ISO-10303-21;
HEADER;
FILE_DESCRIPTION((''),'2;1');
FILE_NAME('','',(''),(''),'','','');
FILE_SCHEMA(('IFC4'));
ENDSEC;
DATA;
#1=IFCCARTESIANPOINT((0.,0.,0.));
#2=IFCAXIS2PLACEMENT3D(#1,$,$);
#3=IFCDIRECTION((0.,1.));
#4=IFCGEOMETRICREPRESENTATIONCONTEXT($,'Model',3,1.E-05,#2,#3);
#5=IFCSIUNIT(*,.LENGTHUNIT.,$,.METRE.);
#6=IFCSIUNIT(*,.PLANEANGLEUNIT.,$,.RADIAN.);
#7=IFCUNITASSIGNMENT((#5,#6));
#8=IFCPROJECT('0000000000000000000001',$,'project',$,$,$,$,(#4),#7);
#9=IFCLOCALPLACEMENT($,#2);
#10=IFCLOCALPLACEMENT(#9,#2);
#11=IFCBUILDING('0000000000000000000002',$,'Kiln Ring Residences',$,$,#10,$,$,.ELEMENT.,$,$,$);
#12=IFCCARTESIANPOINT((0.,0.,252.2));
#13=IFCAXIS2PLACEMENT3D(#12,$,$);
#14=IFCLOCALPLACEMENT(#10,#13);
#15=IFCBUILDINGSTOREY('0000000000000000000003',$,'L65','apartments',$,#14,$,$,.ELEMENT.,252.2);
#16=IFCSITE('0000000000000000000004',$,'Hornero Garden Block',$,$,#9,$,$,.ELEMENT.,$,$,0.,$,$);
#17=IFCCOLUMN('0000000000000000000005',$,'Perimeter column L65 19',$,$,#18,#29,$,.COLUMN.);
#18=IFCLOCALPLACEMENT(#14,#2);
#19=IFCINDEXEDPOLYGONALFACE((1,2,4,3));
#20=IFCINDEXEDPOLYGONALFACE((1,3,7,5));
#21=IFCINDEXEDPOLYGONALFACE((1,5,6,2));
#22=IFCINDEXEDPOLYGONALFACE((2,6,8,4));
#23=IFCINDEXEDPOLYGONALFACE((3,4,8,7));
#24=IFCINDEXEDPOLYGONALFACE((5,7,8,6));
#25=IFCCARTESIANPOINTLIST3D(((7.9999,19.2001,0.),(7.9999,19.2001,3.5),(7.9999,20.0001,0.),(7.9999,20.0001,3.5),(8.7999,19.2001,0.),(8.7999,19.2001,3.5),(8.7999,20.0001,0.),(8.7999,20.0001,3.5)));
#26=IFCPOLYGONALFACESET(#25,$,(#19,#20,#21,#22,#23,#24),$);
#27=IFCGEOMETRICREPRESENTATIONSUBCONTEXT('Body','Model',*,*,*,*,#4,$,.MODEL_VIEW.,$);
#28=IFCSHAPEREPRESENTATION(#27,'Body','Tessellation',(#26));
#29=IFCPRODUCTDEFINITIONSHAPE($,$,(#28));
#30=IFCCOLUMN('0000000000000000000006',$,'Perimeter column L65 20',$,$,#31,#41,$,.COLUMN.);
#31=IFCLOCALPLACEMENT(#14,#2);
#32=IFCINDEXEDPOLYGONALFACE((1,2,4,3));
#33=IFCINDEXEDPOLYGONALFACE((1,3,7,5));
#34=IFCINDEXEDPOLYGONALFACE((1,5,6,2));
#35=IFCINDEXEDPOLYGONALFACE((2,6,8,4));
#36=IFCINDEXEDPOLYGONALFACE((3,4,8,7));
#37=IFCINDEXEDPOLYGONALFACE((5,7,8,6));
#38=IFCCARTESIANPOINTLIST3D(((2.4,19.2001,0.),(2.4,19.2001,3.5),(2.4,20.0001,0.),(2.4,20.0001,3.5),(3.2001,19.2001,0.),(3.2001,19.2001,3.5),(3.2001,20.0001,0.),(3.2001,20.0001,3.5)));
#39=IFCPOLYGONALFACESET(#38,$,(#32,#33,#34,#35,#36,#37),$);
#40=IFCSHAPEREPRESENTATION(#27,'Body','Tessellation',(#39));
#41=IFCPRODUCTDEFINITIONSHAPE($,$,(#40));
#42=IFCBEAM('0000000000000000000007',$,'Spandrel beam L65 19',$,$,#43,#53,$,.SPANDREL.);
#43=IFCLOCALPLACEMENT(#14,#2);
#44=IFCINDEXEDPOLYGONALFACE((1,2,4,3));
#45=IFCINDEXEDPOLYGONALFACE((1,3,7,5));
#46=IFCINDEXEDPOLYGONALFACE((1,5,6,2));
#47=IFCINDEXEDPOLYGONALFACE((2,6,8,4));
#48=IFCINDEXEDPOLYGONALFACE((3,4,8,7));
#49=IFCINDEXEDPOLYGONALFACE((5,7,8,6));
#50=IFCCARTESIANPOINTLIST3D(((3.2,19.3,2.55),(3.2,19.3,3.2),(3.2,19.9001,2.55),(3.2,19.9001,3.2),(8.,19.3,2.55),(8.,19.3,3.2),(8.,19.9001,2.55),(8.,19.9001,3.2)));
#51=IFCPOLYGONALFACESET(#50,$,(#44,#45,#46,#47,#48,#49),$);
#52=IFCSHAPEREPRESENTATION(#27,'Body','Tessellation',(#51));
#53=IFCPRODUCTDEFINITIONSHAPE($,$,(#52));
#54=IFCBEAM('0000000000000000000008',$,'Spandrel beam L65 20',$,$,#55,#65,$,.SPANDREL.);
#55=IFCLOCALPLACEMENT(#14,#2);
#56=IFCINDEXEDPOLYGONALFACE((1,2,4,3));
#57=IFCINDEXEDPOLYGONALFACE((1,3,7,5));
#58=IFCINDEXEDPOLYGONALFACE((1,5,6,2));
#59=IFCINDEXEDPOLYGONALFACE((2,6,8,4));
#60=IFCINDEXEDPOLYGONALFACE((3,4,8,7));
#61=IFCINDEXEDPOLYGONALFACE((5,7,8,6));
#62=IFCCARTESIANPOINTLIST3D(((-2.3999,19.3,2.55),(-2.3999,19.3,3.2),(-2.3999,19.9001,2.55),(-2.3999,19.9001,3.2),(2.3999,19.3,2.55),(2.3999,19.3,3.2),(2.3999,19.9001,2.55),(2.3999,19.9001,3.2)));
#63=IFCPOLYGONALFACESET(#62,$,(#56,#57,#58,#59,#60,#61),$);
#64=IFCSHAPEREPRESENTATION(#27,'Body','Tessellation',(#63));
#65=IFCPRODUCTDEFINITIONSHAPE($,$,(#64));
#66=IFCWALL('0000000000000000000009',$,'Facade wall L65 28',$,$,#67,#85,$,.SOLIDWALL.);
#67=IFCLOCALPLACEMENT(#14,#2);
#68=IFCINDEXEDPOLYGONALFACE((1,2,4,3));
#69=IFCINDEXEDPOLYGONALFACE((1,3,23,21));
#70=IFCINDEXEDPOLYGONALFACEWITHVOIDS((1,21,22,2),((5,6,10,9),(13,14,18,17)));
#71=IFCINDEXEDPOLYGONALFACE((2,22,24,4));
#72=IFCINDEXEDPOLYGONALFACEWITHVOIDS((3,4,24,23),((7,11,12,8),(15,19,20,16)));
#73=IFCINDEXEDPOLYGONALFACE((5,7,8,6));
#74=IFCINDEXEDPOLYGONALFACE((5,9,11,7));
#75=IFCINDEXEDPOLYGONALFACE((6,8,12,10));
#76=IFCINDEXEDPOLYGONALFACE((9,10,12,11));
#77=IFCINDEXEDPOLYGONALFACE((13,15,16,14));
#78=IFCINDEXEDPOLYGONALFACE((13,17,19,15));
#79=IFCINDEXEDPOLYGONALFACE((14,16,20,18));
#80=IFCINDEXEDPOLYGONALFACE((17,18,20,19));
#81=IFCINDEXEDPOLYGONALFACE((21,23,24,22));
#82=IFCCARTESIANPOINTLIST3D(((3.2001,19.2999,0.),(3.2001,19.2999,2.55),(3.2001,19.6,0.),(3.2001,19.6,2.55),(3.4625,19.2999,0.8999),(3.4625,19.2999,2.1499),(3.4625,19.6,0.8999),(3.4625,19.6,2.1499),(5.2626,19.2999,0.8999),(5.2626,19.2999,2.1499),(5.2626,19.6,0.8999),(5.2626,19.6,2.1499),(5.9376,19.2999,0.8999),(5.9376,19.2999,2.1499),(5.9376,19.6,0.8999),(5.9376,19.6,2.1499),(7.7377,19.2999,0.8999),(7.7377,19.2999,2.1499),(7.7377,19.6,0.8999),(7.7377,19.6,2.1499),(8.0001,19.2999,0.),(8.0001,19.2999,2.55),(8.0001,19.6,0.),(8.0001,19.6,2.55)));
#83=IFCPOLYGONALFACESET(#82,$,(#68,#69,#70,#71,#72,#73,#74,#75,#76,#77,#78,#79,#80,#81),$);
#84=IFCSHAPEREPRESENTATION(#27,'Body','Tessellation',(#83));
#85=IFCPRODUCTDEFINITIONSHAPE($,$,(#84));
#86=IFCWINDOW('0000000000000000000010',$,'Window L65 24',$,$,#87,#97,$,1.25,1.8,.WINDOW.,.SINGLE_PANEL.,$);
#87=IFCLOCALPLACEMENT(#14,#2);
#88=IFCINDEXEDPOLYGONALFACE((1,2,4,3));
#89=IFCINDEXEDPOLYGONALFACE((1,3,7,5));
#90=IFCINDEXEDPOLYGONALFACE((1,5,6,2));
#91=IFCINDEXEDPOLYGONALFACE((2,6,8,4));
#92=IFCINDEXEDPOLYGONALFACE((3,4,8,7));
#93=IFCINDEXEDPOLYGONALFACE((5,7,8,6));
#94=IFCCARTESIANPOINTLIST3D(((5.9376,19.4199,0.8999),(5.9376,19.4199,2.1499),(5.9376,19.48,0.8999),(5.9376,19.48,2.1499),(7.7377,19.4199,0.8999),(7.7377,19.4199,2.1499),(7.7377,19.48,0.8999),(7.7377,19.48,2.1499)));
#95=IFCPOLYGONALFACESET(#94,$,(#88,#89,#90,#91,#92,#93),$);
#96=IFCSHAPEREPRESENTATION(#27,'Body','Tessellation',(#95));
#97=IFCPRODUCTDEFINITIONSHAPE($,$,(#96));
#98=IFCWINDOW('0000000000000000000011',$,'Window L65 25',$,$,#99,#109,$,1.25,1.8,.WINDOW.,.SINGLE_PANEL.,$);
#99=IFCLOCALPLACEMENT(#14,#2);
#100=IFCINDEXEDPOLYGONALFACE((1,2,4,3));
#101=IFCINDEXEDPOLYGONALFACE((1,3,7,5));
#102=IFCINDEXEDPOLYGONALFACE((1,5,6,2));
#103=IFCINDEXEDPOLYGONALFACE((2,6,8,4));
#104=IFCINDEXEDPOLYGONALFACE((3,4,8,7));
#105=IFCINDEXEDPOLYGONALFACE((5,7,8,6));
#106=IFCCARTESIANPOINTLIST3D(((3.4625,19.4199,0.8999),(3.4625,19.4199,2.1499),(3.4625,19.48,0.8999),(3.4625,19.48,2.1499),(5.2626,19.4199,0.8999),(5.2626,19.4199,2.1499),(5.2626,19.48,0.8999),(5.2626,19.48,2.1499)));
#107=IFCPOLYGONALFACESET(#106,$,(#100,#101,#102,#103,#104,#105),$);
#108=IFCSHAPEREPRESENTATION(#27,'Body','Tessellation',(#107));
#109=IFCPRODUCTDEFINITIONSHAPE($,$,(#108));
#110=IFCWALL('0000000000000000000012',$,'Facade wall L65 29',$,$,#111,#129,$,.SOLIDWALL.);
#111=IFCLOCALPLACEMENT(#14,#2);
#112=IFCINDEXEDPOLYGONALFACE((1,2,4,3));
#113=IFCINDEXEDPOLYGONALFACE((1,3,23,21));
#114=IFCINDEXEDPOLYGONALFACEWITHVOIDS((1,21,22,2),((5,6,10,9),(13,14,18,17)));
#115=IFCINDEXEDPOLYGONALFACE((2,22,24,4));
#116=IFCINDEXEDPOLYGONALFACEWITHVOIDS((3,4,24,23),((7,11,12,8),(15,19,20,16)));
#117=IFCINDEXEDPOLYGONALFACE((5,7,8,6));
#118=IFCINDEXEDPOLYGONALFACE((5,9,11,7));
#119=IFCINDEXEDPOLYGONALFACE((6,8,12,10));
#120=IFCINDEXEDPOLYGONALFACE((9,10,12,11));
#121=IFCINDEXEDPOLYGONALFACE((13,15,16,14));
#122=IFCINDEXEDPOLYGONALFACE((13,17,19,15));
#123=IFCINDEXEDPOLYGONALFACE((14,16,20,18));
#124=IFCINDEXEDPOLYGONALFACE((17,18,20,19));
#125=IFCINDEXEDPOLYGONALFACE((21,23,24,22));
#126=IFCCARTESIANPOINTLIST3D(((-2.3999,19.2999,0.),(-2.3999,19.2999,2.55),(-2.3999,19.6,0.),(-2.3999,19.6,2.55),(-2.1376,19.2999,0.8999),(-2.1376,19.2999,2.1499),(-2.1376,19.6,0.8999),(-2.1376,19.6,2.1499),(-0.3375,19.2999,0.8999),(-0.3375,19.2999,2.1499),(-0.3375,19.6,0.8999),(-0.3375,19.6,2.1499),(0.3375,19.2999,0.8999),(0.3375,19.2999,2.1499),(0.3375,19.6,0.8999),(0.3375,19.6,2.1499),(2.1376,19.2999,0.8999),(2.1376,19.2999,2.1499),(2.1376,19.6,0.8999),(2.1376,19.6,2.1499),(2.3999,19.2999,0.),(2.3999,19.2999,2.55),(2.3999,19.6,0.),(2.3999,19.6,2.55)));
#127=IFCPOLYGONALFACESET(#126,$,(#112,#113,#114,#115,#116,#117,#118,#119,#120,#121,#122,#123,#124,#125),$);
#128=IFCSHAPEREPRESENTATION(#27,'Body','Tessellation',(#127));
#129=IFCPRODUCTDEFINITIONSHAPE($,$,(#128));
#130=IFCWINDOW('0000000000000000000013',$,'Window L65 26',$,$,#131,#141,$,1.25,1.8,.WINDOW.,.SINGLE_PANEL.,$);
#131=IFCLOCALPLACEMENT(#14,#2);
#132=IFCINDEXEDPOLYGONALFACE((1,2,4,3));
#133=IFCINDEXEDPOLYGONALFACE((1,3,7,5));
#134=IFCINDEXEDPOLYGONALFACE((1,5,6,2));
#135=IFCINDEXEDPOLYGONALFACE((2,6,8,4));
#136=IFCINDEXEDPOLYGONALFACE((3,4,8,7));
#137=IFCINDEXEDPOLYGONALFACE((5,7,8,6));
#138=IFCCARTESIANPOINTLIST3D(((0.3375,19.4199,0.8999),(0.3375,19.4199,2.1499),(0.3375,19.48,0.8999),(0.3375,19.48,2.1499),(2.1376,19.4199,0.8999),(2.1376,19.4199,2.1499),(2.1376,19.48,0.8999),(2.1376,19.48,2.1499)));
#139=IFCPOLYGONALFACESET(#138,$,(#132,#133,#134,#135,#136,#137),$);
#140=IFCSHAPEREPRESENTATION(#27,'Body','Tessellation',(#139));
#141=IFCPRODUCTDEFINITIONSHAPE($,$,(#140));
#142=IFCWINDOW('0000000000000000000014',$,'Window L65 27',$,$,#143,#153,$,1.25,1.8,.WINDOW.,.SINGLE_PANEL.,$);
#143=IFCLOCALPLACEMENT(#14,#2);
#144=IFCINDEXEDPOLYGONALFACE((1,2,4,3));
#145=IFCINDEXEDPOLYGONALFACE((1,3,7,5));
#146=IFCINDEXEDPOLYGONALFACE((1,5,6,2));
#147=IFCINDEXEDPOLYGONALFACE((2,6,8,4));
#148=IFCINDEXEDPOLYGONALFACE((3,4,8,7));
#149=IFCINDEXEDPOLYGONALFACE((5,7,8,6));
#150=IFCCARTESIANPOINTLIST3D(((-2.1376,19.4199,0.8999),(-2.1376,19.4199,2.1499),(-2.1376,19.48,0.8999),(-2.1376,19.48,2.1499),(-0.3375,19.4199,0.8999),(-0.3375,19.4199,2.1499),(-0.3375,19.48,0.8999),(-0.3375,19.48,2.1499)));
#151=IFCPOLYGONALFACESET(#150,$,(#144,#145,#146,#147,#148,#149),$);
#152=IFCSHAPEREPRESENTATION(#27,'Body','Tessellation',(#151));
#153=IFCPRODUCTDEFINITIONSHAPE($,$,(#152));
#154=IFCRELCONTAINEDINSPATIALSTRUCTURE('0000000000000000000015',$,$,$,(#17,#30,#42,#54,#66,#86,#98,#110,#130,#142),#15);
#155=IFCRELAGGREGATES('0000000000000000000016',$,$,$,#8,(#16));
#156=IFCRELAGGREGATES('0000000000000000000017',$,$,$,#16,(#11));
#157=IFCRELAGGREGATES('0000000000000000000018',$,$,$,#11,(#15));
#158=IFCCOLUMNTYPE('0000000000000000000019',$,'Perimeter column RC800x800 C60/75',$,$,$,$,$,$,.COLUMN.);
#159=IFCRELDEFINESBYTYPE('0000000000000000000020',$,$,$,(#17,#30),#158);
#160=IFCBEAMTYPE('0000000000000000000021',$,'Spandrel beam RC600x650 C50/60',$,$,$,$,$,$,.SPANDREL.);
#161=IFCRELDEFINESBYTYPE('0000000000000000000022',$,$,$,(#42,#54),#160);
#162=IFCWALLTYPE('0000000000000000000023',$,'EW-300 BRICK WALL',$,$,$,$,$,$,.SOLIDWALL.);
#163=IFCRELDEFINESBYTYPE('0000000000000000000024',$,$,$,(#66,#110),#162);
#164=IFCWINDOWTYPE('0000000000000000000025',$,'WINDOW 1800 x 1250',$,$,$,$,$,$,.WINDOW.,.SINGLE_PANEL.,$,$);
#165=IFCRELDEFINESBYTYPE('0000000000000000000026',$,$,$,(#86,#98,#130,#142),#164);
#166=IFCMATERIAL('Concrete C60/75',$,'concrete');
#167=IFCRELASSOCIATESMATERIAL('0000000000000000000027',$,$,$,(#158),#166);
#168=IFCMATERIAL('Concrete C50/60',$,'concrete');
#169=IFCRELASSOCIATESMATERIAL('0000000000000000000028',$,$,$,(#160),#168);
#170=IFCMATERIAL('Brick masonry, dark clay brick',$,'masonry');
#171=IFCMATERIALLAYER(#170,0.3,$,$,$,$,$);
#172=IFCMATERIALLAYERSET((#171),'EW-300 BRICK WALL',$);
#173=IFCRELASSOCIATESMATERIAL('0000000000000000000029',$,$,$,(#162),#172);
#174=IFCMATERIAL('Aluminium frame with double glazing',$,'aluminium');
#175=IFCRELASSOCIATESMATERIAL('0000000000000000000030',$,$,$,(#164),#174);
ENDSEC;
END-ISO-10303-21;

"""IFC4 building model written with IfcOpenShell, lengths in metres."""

from ifc_helpers import new_model, si_unit, direction, frame, frame_2d, origin, origin_2d, place, context, subcontext, project, spatial, rectangle, extrude, material, layer, layer_set, material_profile, profile_set, type_object, element, fill, save


model = new_model("IFC4")

# Units and contexts
model_context = context("Model", 3, precision=1e-05, world=origin(), true_north=direction((0.0, 1.0)))
body_context = subcontext(model_context, "Body", "Model", "MODEL_VIEW")
ifc_project = project(units=[si_unit("LENGTHUNIT", "METRE"), si_unit("PLANEANGLEUNIT", "RADIAN")], contexts=[model_context])

# Site, building, storey
site_placement = place(None, origin())
site = spatial("IfcSite", under=ifc_project, at=site_placement, Name="Hornero Garden Block", CompositionType="ELEMENT", RefElevation=0.0)
building_placement = place(site_placement, origin())
building = spatial("IfcBuilding", under=site, at=building_placement, Name="Kiln Ring Residences", CompositionType="ELEMENT")
storey_placement = place(building_placement, frame((0.0, 0.0, 252.2)))
storey = spatial("IfcBuildingStorey", under=building, at=storey_placement, Name="L65", Description="apartments", CompositionType="ELEMENT", Elevation=252.2)

# Columns
ifc_material_1 = material(Name="Concrete C60/75", Category="concrete")
ifc_material_profile_1 = material_profile(ifc_material_1, rectangle(XDim=0.8, YDim=0.8, at=origin_2d()), Name="RC800x800")
ifc_profile_set_1 = profile_set([ifc_material_profile_1], Name="Concrete C60/75")
column_type = type_object("IfcColumnType", Name="Perimeter column RC800x800 C60/75", PredefinedType="COLUMN", material=ifc_profile_set_1)
for number, where, z_axis, x_axis, name in (
    (1, (8.3999, 19.6001, 0.0), (0.0, 0.0, 1.0), (1.0, 0.0, 0.0), "Perimeter column L65 19"),
    (2, (2.8, 19.6001, 0.0), (0.0, 0.0, 1.0), (1.0, 0.0, 0.0), "Perimeter column L65 20"),
):
    element("IfcColumn", number, at=place(storey_placement, frame(where, z_axis=z_axis, x_axis=x_axis)), inside=storey, type_object=column_type, Name=name, PredefinedType="COLUMN", context=body_context, shape_type="SweptSolid", body=[
        extrude(rectangle(XDim=0.8, YDim=0.8, at=origin_2d()), origin(), (0.0, 0.0, 1.0), 3.5),
    ])

# Beams
ifc_material_2 = material(Name="Concrete C50/60", Category="concrete")
ifc_material_profile_2 = material_profile(ifc_material_2, rectangle(XDim=0.6001, YDim=0.6499, at=origin_2d()), Name="RC600x650")
ifc_profile_set_2 = profile_set([ifc_material_profile_2], Name="Concrete C50/60")
beam_type = type_object("IfcBeamType", Name="Spandrel beam RC600x650 C50/60", PredefinedType="SPANDREL", material=ifc_profile_set_2)
beam_1_placement = place(storey_placement, frame((8.0, 19.6001, 2.875), z_axis=(-1.0, 0.0, 0.0), x_axis=(0.0, -1.0, 0.0)))
element("IfcBeam", 3, at=beam_1_placement, inside=storey, type_object=beam_type, Name="Spandrel beam L65 19", PredefinedType="SPANDREL", context=body_context, shape_type="SweptSolid", body=[
    extrude(rectangle(XDim=0.6001, YDim=0.6499, at=origin_2d()), origin(), (0.0, 0.0, 1.0), 4.8),
])
beam_2_placement = place(storey_placement, frame((2.3999, 19.6001, 2.875), z_axis=(-1.0, 0.0, 0.0), x_axis=(0.0, -1.0, 0.0)))
element("IfcBeam", 4, at=beam_2_placement, inside=storey, type_object=beam_type, Name="Spandrel beam L65 20", PredefinedType="SPANDREL", context=body_context, shape_type="SweptSolid", body=[
    extrude(rectangle(XDim=0.6001, YDim=0.6499, at=origin_2d()), origin(), (0.0, 0.0, 1.0), 4.7998),
])

# Walls, openings, windows
ifc_material_3 = material(Name="Brick masonry, dark clay brick", Category="masonry")
ifc_layer_1 = layer(ifc_material_3, 0.3)
ifc_layer_set_1 = layer_set([ifc_layer_1], Name="EW-300 BRICK WALL")
wall_type_1 = type_object("IfcWallType", Name="EW-300 BRICK WALL", PredefinedType="SOLIDWALL", material=ifc_layer_set_1)
wall_1_placement = place(storey_placement, frame((8.0, 19.45, 0.0), z_axis=(0.0, 0.0, 1.0), x_axis=(-1.0, 0.0, 0.0)))
wall_1 = element("IfcWall", 5, at=wall_1_placement, inside=storey, type_object=wall_type_1, Name="Facade wall L65 28", PredefinedType="SOLIDWALL", context=body_context, shape_type="SweptSolid", body=[
    extrude(rectangle(XDim=4.8, YDim=0.3, at=frame_2d((2.3999, 0.0))), origin(), (0.0, 0.0, 1.0), 2.55),
])
opening_1_placement = place(wall_1_placement, frame((0.2625, 0.0, 0.8999)))
opening_1 = element("IfcOpeningElement", 6, at=opening_1_placement, cuts=wall_1, PredefinedType="OPENING", context=body_context, shape_type="SweptSolid", body=[
    extrude(rectangle(XDim=1.8, YDim=1.25, at=frame_2d((0.8999, 0.625))), frame((0.0, 0.1599, 0.0), z_axis=(0.0, -1.0, 0.0), x_axis=(1.0, 0.0, 0.0)), (0.0, 0.0, 1.0), 0.3201),
])
opening_2_placement = place(wall_1_placement, frame((2.7375, 0.0, 0.8999)))
opening_2 = element("IfcOpeningElement", 7, at=opening_2_placement, cuts=wall_1, PredefinedType="OPENING", context=body_context, shape_type="SweptSolid", body=[
    extrude(rectangle(XDim=1.8, YDim=1.25, at=frame_2d((0.8999, 0.625))), frame((0.0, 0.1599, 0.0), z_axis=(0.0, -1.0, 0.0), x_axis=(1.0, 0.0, 0.0)), (0.0, 0.0, 1.0), 0.3201),
])
ifc_material_4 = material(Name="Aluminium frame with double glazing", Category="aluminium")
window_type = type_object("IfcWindowType", Name="WINDOW 1800 x 1250", PartitioningType="SINGLE_PANEL", PredefinedType="WINDOW", material=ifc_material_4)
window_1_placement = place(opening_1_placement, origin())
window_1 = element("IfcWindow", 8, at=window_1_placement, inside=storey, type_object=window_type, Name="Window L65 24", OverallHeight=1.25, OverallWidth=1.8, PartitioningType="SINGLE_PANEL", PredefinedType="WINDOW", context=body_context, shape_type="SweptSolid", body=[
    extrude(rectangle(XDim=1.8, YDim=1.25, at=frame_2d((0.8999, 0.625))), frame((0.0, 0.03, 0.0), z_axis=(0.0, -1.0, 0.0), x_axis=(1.0, 0.0, 0.0)), (0.0, 0.0, 1.0), 0.0601),
])
fill(opening_1, window_1)
window_2_placement = place(opening_2_placement, origin())
window_2 = element("IfcWindow", 9, at=window_2_placement, inside=storey, type_object=window_type, Name="Window L65 25", OverallHeight=1.25, OverallWidth=1.8, PartitioningType="SINGLE_PANEL", PredefinedType="WINDOW", context=body_context, shape_type="SweptSolid", body=[
    extrude(rectangle(XDim=1.8, YDim=1.25, at=frame_2d((0.8999, 0.625))), frame((0.0, 0.03, 0.0), z_axis=(0.0, -1.0, 0.0), x_axis=(1.0, 0.0, 0.0)), (0.0, 0.0, 1.0), 0.0601),
])
fill(opening_2, window_2)
wall_2_placement = place(storey_placement, frame((2.3999, 19.45, 0.0), z_axis=(0.0, 0.0, 1.0), x_axis=(-1.0, 0.0, 0.0)))
wall_2 = element("IfcWall", 10, at=wall_2_placement, inside=storey, type_object=wall_type_1, Name="Facade wall L65 29", PredefinedType="SOLIDWALL", context=body_context, shape_type="SweptSolid", body=[
    extrude(rectangle(XDim=4.7998, YDim=0.3, at=frame_2d((2.3999, 0.0))), origin(), (0.0, 0.0, 1.0), 2.55),
])
opening_3_placement = place(wall_2_placement, frame((0.2625, 0.0, 0.8999)))
opening_3 = element("IfcOpeningElement", 11, at=opening_3_placement, cuts=wall_2, PredefinedType="OPENING", context=body_context, shape_type="SweptSolid", body=[
    extrude(rectangle(XDim=1.8, YDim=1.25, at=frame_2d((0.8999, 0.625))), frame((0.0, 0.1599, 0.0), z_axis=(0.0, -1.0, 0.0), x_axis=(1.0, 0.0, 0.0)), (0.0, 0.0, 1.0), 0.3201),
])
opening_4_placement = place(wall_2_placement, frame((2.7375, 0.0, 0.8999)))
opening_4 = element("IfcOpeningElement", 12, at=opening_4_placement, cuts=wall_2, PredefinedType="OPENING", context=body_context, shape_type="SweptSolid", body=[
    extrude(rectangle(XDim=1.8, YDim=1.25, at=frame_2d((0.8999, 0.625))), frame((0.0, 0.1599, 0.0), z_axis=(0.0, -1.0, 0.0), x_axis=(1.0, 0.0, 0.0)), (0.0, 0.0, 1.0), 0.3201),
])
window_3_placement = place(opening_3_placement, origin())
window_3 = element("IfcWindow", 13, at=window_3_placement, inside=storey, type_object=window_type, Name="Window L65 26", OverallHeight=1.25, OverallWidth=1.8, PartitioningType="SINGLE_PANEL", PredefinedType="WINDOW", context=body_context, shape_type="SweptSolid", body=[
    extrude(rectangle(XDim=1.8, YDim=1.25, at=frame_2d((0.8999, 0.625))), frame((0.0, 0.03, 0.0), z_axis=(0.0, -1.0, 0.0), x_axis=(1.0, 0.0, 0.0)), (0.0, 0.0, 1.0), 0.0601),
])
fill(opening_3, window_3)
window_4_placement = place(opening_4_placement, origin())
window_4 = element("IfcWindow", 14, at=window_4_placement, inside=storey, type_object=window_type, Name="Window L65 27", OverallHeight=1.25, OverallWidth=1.8, PartitioningType="SINGLE_PANEL", PredefinedType="WINDOW", context=body_context, shape_type="SweptSolid", body=[
    extrude(rectangle(XDim=1.8, YDim=1.25, at=frame_2d((0.8999, 0.625))), frame((0.0, 0.03, 0.0), z_axis=(0.0, -1.0, 0.0), x_axis=(1.0, 0.0, 0.0)), (0.0, 0.0, 1.0), 0.0601),
])
fill(opening_4, window_4)

save(model, "model.ifc")
